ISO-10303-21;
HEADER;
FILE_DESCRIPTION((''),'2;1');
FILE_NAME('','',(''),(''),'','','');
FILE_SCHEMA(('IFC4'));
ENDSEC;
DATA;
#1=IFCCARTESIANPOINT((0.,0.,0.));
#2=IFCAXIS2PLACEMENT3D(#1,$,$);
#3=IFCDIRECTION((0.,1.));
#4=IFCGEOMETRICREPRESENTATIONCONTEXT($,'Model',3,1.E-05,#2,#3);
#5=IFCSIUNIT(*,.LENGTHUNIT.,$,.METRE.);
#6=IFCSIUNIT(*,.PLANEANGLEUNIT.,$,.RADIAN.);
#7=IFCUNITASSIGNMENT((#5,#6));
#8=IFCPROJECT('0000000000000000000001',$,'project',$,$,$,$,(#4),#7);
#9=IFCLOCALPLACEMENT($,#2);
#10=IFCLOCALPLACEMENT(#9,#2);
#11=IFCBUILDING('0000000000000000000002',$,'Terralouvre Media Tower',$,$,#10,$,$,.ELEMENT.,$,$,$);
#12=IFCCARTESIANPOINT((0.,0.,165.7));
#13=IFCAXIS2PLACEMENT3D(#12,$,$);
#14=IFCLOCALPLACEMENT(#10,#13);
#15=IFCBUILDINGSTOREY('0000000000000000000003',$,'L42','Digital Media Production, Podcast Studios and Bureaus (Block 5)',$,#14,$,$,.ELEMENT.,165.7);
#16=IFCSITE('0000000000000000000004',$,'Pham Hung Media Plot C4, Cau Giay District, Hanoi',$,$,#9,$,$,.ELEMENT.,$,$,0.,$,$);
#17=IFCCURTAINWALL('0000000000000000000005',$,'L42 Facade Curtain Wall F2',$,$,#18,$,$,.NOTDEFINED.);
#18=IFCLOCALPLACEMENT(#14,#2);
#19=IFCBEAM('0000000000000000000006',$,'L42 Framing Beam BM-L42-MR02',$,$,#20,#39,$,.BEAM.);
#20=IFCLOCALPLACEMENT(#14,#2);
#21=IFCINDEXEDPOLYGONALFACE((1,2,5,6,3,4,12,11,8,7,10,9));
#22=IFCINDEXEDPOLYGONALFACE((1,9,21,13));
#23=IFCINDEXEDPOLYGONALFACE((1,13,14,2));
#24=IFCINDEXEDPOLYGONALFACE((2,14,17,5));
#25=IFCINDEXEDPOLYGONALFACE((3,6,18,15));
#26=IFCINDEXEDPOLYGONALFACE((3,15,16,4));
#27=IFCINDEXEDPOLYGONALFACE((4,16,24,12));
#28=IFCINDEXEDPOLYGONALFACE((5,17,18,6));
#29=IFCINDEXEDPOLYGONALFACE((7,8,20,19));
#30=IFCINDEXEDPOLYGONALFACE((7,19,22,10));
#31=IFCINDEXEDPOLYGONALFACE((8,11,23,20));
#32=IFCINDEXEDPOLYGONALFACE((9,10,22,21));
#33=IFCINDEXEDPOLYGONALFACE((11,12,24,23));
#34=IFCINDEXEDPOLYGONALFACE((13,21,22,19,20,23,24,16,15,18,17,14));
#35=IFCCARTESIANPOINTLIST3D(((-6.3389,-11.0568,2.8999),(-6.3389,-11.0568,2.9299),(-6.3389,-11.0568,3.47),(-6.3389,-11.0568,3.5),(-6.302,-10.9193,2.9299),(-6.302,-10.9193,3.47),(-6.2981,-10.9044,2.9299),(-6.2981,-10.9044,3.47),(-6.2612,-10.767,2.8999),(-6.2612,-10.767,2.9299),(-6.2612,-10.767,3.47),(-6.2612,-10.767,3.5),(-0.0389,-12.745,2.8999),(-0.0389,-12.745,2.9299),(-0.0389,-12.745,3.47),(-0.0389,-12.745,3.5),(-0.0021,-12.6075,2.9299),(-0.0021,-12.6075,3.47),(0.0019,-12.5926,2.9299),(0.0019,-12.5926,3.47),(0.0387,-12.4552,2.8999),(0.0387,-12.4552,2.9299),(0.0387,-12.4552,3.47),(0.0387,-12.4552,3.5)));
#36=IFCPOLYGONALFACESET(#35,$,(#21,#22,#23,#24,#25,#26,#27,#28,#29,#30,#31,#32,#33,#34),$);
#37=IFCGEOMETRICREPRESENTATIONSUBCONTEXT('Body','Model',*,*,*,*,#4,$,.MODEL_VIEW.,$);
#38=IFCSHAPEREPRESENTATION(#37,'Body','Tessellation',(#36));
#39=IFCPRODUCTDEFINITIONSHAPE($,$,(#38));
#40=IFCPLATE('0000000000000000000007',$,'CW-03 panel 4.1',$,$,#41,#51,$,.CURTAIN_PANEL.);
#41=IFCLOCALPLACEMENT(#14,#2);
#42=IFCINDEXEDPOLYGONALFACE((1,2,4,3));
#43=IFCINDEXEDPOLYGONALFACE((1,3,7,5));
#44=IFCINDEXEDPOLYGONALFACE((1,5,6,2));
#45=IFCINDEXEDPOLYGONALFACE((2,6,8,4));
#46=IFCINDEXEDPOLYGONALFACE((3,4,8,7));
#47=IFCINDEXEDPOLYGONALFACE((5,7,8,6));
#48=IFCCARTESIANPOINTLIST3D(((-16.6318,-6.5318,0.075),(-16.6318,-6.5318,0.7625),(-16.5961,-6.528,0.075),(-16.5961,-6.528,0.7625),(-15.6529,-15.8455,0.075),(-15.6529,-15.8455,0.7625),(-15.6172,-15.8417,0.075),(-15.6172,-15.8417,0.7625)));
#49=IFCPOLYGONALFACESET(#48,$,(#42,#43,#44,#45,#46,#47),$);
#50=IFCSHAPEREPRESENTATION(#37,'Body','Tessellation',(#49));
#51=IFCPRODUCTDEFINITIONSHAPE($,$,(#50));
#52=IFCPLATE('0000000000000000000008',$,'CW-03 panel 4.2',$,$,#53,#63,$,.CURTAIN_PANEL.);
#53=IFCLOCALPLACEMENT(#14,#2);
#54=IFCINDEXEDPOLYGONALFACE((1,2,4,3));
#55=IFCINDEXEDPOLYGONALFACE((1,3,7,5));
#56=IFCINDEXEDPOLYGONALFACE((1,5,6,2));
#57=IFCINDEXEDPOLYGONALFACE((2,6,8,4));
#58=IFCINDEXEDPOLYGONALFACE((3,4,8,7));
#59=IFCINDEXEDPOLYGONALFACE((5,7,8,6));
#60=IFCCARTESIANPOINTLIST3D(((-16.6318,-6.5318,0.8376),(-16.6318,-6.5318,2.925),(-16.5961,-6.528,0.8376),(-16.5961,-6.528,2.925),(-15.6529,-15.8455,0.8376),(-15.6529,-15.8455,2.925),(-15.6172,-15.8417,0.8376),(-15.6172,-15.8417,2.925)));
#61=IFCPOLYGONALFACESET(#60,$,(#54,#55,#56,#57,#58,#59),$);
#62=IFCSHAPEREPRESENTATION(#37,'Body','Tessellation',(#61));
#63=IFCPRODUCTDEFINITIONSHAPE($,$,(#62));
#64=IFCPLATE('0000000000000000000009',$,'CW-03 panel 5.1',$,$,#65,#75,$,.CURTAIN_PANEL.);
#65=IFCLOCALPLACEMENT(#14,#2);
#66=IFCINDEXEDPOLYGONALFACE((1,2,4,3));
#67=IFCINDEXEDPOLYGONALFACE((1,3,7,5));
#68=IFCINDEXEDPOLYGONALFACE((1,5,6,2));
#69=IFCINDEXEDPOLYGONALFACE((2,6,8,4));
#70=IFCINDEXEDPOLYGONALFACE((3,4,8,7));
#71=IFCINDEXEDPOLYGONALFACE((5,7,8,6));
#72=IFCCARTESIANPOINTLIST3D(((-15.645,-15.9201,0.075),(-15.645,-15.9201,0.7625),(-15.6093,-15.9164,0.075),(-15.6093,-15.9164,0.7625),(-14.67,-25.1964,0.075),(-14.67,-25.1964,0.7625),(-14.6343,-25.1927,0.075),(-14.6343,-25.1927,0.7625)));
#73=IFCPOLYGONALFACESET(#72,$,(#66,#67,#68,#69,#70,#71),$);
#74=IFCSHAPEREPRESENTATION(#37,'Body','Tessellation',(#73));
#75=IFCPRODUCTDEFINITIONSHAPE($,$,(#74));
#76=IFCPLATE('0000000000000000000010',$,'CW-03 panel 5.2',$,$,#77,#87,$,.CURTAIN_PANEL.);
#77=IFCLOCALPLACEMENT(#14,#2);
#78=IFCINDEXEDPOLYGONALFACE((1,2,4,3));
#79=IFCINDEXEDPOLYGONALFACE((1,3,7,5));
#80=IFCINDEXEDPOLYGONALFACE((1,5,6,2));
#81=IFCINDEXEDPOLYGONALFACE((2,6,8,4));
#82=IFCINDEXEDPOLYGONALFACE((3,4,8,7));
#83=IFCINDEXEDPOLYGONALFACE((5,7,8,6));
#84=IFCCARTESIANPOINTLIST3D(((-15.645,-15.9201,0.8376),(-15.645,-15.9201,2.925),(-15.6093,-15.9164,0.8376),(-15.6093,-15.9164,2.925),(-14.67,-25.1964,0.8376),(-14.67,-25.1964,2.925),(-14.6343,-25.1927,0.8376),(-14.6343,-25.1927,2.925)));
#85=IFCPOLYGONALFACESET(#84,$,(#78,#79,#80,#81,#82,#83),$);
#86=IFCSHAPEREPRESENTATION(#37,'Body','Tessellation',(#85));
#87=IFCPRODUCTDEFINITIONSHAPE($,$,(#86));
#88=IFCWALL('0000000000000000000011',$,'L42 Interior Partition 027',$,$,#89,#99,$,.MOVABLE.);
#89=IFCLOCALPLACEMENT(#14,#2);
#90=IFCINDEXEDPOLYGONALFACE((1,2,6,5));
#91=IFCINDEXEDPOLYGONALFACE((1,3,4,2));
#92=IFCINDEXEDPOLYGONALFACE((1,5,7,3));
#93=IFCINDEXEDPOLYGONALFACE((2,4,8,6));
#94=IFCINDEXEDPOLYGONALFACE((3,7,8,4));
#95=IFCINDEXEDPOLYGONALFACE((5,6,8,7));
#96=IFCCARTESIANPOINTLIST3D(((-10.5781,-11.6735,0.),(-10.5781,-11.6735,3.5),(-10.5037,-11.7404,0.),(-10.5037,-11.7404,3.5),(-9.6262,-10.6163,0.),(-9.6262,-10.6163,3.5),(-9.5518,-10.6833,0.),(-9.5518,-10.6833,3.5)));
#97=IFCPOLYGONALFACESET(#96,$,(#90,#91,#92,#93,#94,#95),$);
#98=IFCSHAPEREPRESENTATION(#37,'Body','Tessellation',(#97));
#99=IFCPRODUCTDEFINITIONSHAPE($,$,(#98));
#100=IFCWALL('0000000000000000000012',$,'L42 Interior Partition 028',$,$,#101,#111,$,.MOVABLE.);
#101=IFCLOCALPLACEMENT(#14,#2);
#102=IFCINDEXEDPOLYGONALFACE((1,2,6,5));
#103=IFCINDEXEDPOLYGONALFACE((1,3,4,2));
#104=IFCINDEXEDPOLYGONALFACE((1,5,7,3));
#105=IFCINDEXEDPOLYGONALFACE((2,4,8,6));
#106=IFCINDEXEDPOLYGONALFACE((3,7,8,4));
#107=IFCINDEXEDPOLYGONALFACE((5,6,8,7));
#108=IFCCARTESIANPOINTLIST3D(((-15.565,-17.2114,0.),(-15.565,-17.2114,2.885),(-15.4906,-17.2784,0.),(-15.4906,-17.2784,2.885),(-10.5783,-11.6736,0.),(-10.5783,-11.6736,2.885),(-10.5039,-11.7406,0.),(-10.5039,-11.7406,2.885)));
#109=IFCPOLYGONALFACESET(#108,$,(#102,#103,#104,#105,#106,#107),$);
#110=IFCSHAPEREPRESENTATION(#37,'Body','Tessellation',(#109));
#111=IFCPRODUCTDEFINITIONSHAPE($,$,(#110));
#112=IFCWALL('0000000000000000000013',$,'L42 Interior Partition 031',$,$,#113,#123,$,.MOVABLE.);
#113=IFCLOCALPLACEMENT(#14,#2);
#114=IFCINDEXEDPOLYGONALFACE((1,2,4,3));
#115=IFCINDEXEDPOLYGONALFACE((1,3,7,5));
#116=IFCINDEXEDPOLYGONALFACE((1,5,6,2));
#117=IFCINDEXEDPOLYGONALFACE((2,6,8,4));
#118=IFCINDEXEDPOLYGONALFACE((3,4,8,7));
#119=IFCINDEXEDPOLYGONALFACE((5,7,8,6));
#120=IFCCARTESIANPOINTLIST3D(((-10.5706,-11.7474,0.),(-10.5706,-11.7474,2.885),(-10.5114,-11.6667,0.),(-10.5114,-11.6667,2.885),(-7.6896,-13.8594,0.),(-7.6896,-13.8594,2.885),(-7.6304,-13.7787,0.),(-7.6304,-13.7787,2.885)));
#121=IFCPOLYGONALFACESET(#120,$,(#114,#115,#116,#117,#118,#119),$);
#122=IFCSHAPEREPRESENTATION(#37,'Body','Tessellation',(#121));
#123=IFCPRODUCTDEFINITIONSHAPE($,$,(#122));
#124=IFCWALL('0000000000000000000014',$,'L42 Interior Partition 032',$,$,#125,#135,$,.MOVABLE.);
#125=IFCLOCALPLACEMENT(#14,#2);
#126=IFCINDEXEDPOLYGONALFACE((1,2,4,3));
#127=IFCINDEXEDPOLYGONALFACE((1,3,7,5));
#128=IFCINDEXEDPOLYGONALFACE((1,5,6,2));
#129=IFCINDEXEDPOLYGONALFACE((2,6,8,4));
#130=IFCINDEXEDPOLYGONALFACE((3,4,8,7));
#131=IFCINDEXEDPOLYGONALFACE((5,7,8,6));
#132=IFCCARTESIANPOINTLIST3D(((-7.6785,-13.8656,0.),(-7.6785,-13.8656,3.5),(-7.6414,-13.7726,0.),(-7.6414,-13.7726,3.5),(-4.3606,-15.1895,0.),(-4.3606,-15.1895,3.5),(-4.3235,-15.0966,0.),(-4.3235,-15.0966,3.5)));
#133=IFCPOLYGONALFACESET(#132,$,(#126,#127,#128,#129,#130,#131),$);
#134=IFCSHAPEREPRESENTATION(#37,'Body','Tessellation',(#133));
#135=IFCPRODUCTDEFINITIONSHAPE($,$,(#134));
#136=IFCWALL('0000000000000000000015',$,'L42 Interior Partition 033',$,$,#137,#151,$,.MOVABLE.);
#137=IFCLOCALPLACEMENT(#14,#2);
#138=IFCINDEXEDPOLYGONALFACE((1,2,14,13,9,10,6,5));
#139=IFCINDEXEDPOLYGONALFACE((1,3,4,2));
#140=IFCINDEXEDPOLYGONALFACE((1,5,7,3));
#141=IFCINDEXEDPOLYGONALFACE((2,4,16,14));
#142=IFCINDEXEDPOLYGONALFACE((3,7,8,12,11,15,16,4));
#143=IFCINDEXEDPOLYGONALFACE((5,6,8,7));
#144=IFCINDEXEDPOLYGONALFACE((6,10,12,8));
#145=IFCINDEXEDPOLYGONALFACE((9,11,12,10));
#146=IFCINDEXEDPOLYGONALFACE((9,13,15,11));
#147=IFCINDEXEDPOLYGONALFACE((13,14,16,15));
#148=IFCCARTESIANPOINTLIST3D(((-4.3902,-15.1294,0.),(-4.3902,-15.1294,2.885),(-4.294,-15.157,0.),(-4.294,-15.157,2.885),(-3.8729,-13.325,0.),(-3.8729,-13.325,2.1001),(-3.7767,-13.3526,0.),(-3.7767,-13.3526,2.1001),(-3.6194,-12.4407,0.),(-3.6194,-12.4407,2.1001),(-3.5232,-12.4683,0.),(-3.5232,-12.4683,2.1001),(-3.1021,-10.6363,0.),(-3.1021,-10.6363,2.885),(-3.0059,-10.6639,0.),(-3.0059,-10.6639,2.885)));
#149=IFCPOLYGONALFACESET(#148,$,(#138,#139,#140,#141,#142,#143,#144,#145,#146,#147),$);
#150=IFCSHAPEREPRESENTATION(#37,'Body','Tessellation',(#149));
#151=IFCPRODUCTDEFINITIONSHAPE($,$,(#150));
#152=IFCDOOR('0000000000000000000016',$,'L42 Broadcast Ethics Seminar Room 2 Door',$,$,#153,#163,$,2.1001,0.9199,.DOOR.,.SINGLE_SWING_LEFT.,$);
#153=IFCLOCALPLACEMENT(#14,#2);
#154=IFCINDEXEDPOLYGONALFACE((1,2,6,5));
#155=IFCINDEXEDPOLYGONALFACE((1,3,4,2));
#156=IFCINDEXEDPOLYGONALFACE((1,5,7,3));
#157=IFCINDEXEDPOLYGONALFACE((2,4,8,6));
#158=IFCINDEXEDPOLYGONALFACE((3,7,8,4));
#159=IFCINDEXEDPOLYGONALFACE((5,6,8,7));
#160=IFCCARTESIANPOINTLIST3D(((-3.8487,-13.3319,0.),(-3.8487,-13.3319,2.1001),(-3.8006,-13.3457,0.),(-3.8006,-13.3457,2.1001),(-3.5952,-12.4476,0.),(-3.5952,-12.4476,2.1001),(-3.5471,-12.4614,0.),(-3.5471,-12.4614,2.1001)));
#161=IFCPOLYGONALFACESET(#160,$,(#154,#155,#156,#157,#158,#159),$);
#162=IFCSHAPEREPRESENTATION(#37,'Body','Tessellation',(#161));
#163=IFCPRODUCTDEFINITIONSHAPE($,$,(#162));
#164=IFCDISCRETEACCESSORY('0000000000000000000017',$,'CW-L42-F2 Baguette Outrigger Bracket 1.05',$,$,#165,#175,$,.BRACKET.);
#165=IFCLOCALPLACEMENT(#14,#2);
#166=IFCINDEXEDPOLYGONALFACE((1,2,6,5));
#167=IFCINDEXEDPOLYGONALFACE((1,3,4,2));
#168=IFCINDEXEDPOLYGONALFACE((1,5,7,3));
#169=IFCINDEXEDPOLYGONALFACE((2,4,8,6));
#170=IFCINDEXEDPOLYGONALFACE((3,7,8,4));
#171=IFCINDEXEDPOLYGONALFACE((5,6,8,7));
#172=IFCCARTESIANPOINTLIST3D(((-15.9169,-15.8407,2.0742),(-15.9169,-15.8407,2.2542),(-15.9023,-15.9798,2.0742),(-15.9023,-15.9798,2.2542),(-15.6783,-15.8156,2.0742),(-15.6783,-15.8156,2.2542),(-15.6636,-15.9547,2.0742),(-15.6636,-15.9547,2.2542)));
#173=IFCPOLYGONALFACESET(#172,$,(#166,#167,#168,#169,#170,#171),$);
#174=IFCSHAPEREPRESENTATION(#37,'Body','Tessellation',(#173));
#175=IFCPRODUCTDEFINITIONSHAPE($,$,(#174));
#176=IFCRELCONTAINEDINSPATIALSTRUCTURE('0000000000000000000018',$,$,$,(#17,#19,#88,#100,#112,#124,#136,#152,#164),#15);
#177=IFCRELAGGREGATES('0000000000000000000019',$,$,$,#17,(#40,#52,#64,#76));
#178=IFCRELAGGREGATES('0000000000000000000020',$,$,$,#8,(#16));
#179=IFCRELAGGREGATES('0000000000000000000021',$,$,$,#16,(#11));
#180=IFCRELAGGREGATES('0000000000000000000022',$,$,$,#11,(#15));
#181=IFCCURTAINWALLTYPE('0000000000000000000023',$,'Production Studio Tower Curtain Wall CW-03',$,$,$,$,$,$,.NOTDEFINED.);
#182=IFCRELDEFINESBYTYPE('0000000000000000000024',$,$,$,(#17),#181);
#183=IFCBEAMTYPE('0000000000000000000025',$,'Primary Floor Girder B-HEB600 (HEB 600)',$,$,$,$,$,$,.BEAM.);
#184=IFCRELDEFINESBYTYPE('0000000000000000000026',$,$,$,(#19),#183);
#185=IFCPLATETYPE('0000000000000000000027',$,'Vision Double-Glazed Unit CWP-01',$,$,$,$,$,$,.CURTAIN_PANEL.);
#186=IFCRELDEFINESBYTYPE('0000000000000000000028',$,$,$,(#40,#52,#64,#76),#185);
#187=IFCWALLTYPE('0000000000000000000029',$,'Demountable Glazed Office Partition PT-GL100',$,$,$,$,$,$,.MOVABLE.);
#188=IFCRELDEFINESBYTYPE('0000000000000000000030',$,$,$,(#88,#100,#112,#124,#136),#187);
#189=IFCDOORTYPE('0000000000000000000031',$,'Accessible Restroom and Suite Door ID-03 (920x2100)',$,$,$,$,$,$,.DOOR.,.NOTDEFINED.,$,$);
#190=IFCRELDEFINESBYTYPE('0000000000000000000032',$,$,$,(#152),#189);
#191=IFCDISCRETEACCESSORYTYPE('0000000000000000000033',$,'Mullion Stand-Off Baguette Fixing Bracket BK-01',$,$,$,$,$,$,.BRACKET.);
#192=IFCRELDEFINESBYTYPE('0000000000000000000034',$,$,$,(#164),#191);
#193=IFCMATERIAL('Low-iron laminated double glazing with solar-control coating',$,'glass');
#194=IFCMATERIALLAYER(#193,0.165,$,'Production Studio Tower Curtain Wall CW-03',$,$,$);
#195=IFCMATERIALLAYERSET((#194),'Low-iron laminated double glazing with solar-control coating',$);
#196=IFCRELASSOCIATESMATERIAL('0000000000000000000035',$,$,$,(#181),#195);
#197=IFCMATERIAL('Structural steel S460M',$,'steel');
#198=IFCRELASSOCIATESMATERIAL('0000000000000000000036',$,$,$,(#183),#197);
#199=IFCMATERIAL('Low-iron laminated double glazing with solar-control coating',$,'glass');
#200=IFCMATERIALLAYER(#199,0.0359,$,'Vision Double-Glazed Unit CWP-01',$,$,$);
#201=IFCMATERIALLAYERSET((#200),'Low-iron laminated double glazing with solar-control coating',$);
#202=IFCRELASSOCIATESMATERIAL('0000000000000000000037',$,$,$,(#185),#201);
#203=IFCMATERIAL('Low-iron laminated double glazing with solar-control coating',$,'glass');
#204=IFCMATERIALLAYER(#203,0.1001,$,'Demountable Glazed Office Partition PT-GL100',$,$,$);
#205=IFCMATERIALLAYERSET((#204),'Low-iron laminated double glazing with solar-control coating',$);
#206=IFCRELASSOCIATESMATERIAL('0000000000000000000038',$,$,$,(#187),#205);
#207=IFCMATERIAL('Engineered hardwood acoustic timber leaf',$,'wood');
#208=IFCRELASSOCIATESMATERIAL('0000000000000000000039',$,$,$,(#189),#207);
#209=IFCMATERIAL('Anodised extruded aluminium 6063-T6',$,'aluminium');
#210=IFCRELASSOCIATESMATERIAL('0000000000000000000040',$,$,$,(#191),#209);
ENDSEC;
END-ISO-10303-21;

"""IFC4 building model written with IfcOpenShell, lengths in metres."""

from ifc_helpers import new_model, si_unit, direction, frame, frame_2d, origin, origin_2d, place, context, subcontext, project, spatial, rectangle, i_section, extrude, material, layer, layer_set, material_profile, profile_set, type_object, element, fill, aggregate, save


model = new_model("IFC4")

# Units and contexts
model_context = context("Model", 3, precision=1e-05, world=origin(), true_north=direction((0.0, 1.0)))
body_context = subcontext(model_context, "Body", "Model", "MODEL_VIEW")
ifc_project = project(units=[si_unit("LENGTHUNIT", "METRE"), si_unit("PLANEANGLEUNIT", "RADIAN")], contexts=[model_context])

# Site, building, storey
site_placement = place(None, origin())
site = spatial("IfcSite", under=ifc_project, at=site_placement, Name="Pham Hung Media Plot C4, Cau Giay District, Hanoi", CompositionType="ELEMENT", RefElevation=0.0)
building_placement = place(site_placement, origin())
building = spatial("IfcBuilding", under=site, at=building_placement, Name="Terralouvre Media Tower", CompositionType="ELEMENT")
storey_placement = place(building_placement, frame((0.0, 0.0, 165.7)))
storey = spatial("IfcBuildingStorey", under=building, at=storey_placement, Name="L42", Description="Digital Media Production, Podcast Studios and Bureaus (Block 5)", CompositionType="ELEMENT", Elevation=165.7)

# Curtain wall
ifc_material_1 = material(Name="Low-iron laminated double glazing with solar-control coating", Category="glass")
ifc_layer_1 = layer(ifc_material_1, 0.165, Name="Production Studio Tower Curtain Wall CW-03")
ifc_layer_set_1 = layer_set([ifc_layer_1], Name="Low-iron laminated double glazing with solar-control coating")
curtain_wall_type = type_object("IfcCurtainWallType", Name="Production Studio Tower Curtain Wall CW-03", PredefinedType="NOTDEFINED", material=ifc_layer_set_1)
curtain_wall_1_placement = place(storey_placement, origin())
curtain_wall_1 = element("IfcCurtainWall", 1, at=curtain_wall_1_placement, inside=storey, type_object=curtain_wall_type, Name="L42 Facade Curtain Wall F2", PredefinedType="NOTDEFINED")

# Beam
ifc_material_2 = material(Name="Structural steel S460M", Category="steel")
ifc_material_profile_1 = material_profile(ifc_material_2, i_section(OverallWidth=0.3, OverallDepth=0.6001, WebThickness=0.0154, FlangeThickness=0.03, at=origin_2d()), Name="HEB 600")
ifc_profile_set_1 = profile_set([ifc_material_profile_1], Name="Structural steel S460M")
beam_type_1 = type_object("IfcBeamType", Name="Primary Floor Girder B-HEB600 (HEB 600)", PredefinedType="BEAM", material=ifc_profile_set_1)
beam_1_placement = place(storey_placement, frame((-6.3, -10.9119, 3.2), z_axis=(0.96592, -0.258839, 0.0), x_axis=(0.258839, 0.96592, 0.0)))
element("IfcBeam", 2, at=beam_1_placement, inside=storey, type_object=beam_type_1, Name="L42 Framing Beam BM-L42-MR02", PredefinedType="BEAM", context=body_context, shape_type="SweptSolid", body=[
    extrude(i_section(OverallWidth=0.3, OverallDepth=0.6001, WebThickness=0.0154, FlangeThickness=0.03, at=origin_2d()), origin(), (0.0, 0.0, 1.0), 6.5222),
])

# Plates
ifc_material_3 = material(Name="Low-iron laminated double glazing with solar-control coating", Category="glass")
ifc_layer_2 = layer(ifc_material_3, 0.0359, Name="Vision Double-Glazed Unit CWP-01")
ifc_layer_set_2 = layer_set([ifc_layer_2], Name="Low-iron laminated double glazing with solar-control coating")
plate_type = type_object("IfcPlateType", Name="Vision Double-Glazed Unit CWP-01", PredefinedType="CURTAIN_PANEL", material=ifc_layer_set_2)
plate_1_placement = place(storey_placement, frame((-16.1245, -11.1868, 0.075), z_axis=(0.0, 0.0, 1.0), x_axis=(0.104528, -0.994522, 0.0)))
plate_1 = element("IfcPlate", 3, at=plate_1_placement, type_object=plate_type, Name="CW-03 panel 4.1", PredefinedType="CURTAIN_PANEL", context=body_context, shape_type="SweptSolid", body=[
    extrude(rectangle(XDim=9.365, YDim=0.0359, at=origin_2d()), origin(), (0.0, 0.0, 1.0), 0.6875),
])
plate_2_placement = place(storey_placement, frame((-16.1245, -11.1868, 0.8376), z_axis=(0.0, 0.0, 1.0), x_axis=(0.104528, -0.994522, 0.0)))
plate_2 = element("IfcPlate", 4, at=plate_2_placement, type_object=plate_type, Name="CW-03 panel 4.2", PredefinedType="CURTAIN_PANEL", context=body_context, shape_type="SweptSolid", body=[
    extrude(rectangle(XDim=9.365, YDim=0.0359, at=origin_2d()), origin(), (0.0, 0.0, 1.0), 2.0874),
])
plate_3_placement = place(storey_placement, frame((-15.1396, -20.5564, 0.075), z_axis=(0.0, 0.0, 1.0), x_axis=(0.104528, -0.994522, 0.0)))
plate_3 = element("IfcPlate", 5, at=plate_3_placement, type_object=plate_type, Name="CW-03 panel 5.1", PredefinedType="CURTAIN_PANEL", context=body_context, shape_type="SweptSolid", body=[
    extrude(rectangle(XDim=9.3274, YDim=0.0359, at=origin_2d()), origin(), (0.0, 0.0, 1.0), 0.6875),
])
plate_4_placement = place(storey_placement, frame((-15.1396, -20.5564, 0.8376), z_axis=(0.0, 0.0, 1.0), x_axis=(0.104528, -0.994522, 0.0)))
plate_4 = element("IfcPlate", 6, at=plate_4_placement, type_object=plate_type, Name="CW-03 panel 5.2", PredefinedType="CURTAIN_PANEL", context=body_context, shape_type="SweptSolid", body=[
    extrude(rectangle(XDim=9.3274, YDim=0.0359, at=origin_2d()), origin(), (0.0, 0.0, 1.0), 2.0874),
])
aggregate(curtain_wall_1, [plate_1, plate_2, plate_3, plate_4])

# Walls
ifc_material_4 = material(Name="Low-iron laminated double glazing with solar-control coating", Category="glass")
ifc_layer_3 = layer(ifc_material_4, 0.1001, Name="Demountable Glazed Office Partition PT-GL100")
ifc_layer_set_3 = layer_set([ifc_layer_3], Name="Low-iron laminated double glazing with solar-control coating")
wall_type = type_object("IfcWallType", Name="Demountable Glazed Office Partition PT-GL100", PredefinedType="MOVABLE", material=ifc_layer_set_3)
wall_1_placement = place(storey_placement, frame((-10.541, -11.707, 0.0), z_axis=(0.0, 0.0, 1.0), x_axis=(0.669154, 0.743123, 0.0)))
element("IfcWall", 7, at=wall_1_placement, inside=storey, type_object=wall_type, Name="L42 Interior Partition 027", PredefinedType="MOVABLE", context=body_context, shape_type="SweptSolid", body=[
    extrude(rectangle(XDim=1.4226, YDim=0.1001, at=frame_2d((0.7114, 0.0))), origin(), (0.0, 0.0, 1.0), 3.5),
])
wall_2_placement = place(storey_placement, frame((-15.5278, -17.2449, 0.0), z_axis=(0.0, 0.0, 1.0), x_axis=(0.669169, 0.74311, 0.0)))
element("IfcWall", 8, at=wall_2_placement, inside=storey, type_object=wall_type, Name="L42 Interior Partition 028", PredefinedType="MOVABLE", context=body_context, shape_type="SweptSolid", body=[
    extrude(rectangle(XDim=7.4521, YDim=0.1001, at=frame_2d((3.7261, 0.0))), origin(), (0.0, 0.0, 1.0), 2.885),
])
wall_3_placement = place(storey_placement, frame((-10.541, -11.707, 0.0), z_axis=(0.0, 0.0, 1.0), x_axis=(0.806505, -0.591227, 0.0)))
element("IfcWall", 9, at=wall_3_placement, inside=storey, type_object=wall_type, Name="L42 Interior Partition 031", PredefinedType="MOVABLE", context=body_context, shape_type="SweptSolid", body=[
    extrude(rectangle(XDim=3.5723, YDim=0.1001, at=frame_2d((1.7861, 0.0))), origin(), (0.0, 0.0, 1.0), 2.885),
])
wall_4_placement = place(storey_placement, frame((-7.6599, -13.8191, 0.0), z_axis=(0.0, 0.0, 1.0), x_axis=(0.928783, -0.370625, 0.0)))
element("IfcWall", 10, at=wall_4_placement, inside=storey, type_object=wall_type, Name="L42 Interior Partition 032", PredefinedType="MOVABLE", context=body_context, shape_type="SweptSolid", body=[
    extrude(rectangle(XDim=3.5723, YDim=0.1001, at=frame_2d((1.7861, 0.0))), origin(), (0.0, 0.0, 1.0), 3.5),
])

# Wall, opening, door
wall_5_placement = place(storey_placement, frame((-4.342, -15.1431, 0.0), z_axis=(0.0, 0.0, 1.0), x_axis=(0.275576, 0.961279, 0.0)))
wall_5 = element("IfcWall", 11, at=wall_5_placement, inside=storey, type_object=wall_type, Name="L42 Interior Partition 033", PredefinedType="MOVABLE", context=body_context, shape_type="SweptSolid", body=[
    extrude(rectangle(XDim=4.6741, YDim=0.1001, at=frame_2d((2.3369, 0.0))), origin(), (0.0, 0.0, 1.0), 2.885),
])
opening_placement = place(wall_5_placement, frame((1.877, 0.0, 0.0)))
opening = element("IfcOpeningElement", 12, at=opening_placement, cuts=wall_5, PredefinedType="OPENING", context=body_context, shape_type="SweptSolid", body=[
    extrude(rectangle(XDim=0.9199, YDim=2.1001, at=frame_2d((0.46, 1.05))), frame((0.0, 0.0601, 0.0), z_axis=(0.0, -1.0, 0.0), x_axis=(1.0, 0.0, 0.0)), (0.0, 0.0, 1.0), 0.1201),
])
ifc_material_5 = material(Name="Engineered hardwood acoustic timber leaf", Category="wood")
door_type = type_object("IfcDoorType", Name="Accessible Restroom and Suite Door ID-03 (920x2100)", OperationType="NOTDEFINED", PredefinedType="DOOR", material=ifc_material_5)
door_placement = place(opening_placement, origin())
door = element("IfcDoor", 13, at=door_placement, inside=storey, type_object=door_type, Name="L42 Broadcast Ethics Seminar Room 2 Door", OperationType="SINGLE_SWING_LEFT", OverallHeight=2.1001, OverallWidth=0.9199, PredefinedType="DOOR", context=body_context, shape_type="SweptSolid", body=[
    extrude(rectangle(XDim=0.9199, YDim=2.1001, at=frame_2d((0.46, 1.05))), frame((0.0, 0.0249, 0.0), z_axis=(0.0, -1.0, 0.0), x_axis=(1.0, 0.0, 0.0)), (0.0, 0.0, 1.0), 0.05),
])
fill(opening, door)

# Discrete accessory
ifc_material_6 = material(Name="Anodised extruded aluminium 6063-T6", Category="aluminium")
discrete_accessory_type = type_object("IfcDiscreteAccessoryType", Name="Mullion Stand-Off Baguette Fixing Bracket BK-01", PredefinedType="BRACKET", material=ifc_material_6)
discrete_accessory_placement = place(storey_placement, frame((-15.7903, -15.8977, 2.0742), z_axis=(0.0, 0.0, 1.0), x_axis=(0.104528, -0.994522, 0.0)))
element("IfcDiscreteAccessory", 14, at=discrete_accessory_placement, inside=storey, type_object=discrete_accessory_type, Name="CW-L42-F2 Baguette Outrigger Bracket 1.05", PredefinedType="BRACKET", context=body_context, shape_type="SweptSolid", body=[
    extrude(rectangle(XDim=0.1399, YDim=0.24, at=origin_2d()), origin(), (0.0, 0.0, 1.0), 0.1799),
])

save(model, "model.ifc")
